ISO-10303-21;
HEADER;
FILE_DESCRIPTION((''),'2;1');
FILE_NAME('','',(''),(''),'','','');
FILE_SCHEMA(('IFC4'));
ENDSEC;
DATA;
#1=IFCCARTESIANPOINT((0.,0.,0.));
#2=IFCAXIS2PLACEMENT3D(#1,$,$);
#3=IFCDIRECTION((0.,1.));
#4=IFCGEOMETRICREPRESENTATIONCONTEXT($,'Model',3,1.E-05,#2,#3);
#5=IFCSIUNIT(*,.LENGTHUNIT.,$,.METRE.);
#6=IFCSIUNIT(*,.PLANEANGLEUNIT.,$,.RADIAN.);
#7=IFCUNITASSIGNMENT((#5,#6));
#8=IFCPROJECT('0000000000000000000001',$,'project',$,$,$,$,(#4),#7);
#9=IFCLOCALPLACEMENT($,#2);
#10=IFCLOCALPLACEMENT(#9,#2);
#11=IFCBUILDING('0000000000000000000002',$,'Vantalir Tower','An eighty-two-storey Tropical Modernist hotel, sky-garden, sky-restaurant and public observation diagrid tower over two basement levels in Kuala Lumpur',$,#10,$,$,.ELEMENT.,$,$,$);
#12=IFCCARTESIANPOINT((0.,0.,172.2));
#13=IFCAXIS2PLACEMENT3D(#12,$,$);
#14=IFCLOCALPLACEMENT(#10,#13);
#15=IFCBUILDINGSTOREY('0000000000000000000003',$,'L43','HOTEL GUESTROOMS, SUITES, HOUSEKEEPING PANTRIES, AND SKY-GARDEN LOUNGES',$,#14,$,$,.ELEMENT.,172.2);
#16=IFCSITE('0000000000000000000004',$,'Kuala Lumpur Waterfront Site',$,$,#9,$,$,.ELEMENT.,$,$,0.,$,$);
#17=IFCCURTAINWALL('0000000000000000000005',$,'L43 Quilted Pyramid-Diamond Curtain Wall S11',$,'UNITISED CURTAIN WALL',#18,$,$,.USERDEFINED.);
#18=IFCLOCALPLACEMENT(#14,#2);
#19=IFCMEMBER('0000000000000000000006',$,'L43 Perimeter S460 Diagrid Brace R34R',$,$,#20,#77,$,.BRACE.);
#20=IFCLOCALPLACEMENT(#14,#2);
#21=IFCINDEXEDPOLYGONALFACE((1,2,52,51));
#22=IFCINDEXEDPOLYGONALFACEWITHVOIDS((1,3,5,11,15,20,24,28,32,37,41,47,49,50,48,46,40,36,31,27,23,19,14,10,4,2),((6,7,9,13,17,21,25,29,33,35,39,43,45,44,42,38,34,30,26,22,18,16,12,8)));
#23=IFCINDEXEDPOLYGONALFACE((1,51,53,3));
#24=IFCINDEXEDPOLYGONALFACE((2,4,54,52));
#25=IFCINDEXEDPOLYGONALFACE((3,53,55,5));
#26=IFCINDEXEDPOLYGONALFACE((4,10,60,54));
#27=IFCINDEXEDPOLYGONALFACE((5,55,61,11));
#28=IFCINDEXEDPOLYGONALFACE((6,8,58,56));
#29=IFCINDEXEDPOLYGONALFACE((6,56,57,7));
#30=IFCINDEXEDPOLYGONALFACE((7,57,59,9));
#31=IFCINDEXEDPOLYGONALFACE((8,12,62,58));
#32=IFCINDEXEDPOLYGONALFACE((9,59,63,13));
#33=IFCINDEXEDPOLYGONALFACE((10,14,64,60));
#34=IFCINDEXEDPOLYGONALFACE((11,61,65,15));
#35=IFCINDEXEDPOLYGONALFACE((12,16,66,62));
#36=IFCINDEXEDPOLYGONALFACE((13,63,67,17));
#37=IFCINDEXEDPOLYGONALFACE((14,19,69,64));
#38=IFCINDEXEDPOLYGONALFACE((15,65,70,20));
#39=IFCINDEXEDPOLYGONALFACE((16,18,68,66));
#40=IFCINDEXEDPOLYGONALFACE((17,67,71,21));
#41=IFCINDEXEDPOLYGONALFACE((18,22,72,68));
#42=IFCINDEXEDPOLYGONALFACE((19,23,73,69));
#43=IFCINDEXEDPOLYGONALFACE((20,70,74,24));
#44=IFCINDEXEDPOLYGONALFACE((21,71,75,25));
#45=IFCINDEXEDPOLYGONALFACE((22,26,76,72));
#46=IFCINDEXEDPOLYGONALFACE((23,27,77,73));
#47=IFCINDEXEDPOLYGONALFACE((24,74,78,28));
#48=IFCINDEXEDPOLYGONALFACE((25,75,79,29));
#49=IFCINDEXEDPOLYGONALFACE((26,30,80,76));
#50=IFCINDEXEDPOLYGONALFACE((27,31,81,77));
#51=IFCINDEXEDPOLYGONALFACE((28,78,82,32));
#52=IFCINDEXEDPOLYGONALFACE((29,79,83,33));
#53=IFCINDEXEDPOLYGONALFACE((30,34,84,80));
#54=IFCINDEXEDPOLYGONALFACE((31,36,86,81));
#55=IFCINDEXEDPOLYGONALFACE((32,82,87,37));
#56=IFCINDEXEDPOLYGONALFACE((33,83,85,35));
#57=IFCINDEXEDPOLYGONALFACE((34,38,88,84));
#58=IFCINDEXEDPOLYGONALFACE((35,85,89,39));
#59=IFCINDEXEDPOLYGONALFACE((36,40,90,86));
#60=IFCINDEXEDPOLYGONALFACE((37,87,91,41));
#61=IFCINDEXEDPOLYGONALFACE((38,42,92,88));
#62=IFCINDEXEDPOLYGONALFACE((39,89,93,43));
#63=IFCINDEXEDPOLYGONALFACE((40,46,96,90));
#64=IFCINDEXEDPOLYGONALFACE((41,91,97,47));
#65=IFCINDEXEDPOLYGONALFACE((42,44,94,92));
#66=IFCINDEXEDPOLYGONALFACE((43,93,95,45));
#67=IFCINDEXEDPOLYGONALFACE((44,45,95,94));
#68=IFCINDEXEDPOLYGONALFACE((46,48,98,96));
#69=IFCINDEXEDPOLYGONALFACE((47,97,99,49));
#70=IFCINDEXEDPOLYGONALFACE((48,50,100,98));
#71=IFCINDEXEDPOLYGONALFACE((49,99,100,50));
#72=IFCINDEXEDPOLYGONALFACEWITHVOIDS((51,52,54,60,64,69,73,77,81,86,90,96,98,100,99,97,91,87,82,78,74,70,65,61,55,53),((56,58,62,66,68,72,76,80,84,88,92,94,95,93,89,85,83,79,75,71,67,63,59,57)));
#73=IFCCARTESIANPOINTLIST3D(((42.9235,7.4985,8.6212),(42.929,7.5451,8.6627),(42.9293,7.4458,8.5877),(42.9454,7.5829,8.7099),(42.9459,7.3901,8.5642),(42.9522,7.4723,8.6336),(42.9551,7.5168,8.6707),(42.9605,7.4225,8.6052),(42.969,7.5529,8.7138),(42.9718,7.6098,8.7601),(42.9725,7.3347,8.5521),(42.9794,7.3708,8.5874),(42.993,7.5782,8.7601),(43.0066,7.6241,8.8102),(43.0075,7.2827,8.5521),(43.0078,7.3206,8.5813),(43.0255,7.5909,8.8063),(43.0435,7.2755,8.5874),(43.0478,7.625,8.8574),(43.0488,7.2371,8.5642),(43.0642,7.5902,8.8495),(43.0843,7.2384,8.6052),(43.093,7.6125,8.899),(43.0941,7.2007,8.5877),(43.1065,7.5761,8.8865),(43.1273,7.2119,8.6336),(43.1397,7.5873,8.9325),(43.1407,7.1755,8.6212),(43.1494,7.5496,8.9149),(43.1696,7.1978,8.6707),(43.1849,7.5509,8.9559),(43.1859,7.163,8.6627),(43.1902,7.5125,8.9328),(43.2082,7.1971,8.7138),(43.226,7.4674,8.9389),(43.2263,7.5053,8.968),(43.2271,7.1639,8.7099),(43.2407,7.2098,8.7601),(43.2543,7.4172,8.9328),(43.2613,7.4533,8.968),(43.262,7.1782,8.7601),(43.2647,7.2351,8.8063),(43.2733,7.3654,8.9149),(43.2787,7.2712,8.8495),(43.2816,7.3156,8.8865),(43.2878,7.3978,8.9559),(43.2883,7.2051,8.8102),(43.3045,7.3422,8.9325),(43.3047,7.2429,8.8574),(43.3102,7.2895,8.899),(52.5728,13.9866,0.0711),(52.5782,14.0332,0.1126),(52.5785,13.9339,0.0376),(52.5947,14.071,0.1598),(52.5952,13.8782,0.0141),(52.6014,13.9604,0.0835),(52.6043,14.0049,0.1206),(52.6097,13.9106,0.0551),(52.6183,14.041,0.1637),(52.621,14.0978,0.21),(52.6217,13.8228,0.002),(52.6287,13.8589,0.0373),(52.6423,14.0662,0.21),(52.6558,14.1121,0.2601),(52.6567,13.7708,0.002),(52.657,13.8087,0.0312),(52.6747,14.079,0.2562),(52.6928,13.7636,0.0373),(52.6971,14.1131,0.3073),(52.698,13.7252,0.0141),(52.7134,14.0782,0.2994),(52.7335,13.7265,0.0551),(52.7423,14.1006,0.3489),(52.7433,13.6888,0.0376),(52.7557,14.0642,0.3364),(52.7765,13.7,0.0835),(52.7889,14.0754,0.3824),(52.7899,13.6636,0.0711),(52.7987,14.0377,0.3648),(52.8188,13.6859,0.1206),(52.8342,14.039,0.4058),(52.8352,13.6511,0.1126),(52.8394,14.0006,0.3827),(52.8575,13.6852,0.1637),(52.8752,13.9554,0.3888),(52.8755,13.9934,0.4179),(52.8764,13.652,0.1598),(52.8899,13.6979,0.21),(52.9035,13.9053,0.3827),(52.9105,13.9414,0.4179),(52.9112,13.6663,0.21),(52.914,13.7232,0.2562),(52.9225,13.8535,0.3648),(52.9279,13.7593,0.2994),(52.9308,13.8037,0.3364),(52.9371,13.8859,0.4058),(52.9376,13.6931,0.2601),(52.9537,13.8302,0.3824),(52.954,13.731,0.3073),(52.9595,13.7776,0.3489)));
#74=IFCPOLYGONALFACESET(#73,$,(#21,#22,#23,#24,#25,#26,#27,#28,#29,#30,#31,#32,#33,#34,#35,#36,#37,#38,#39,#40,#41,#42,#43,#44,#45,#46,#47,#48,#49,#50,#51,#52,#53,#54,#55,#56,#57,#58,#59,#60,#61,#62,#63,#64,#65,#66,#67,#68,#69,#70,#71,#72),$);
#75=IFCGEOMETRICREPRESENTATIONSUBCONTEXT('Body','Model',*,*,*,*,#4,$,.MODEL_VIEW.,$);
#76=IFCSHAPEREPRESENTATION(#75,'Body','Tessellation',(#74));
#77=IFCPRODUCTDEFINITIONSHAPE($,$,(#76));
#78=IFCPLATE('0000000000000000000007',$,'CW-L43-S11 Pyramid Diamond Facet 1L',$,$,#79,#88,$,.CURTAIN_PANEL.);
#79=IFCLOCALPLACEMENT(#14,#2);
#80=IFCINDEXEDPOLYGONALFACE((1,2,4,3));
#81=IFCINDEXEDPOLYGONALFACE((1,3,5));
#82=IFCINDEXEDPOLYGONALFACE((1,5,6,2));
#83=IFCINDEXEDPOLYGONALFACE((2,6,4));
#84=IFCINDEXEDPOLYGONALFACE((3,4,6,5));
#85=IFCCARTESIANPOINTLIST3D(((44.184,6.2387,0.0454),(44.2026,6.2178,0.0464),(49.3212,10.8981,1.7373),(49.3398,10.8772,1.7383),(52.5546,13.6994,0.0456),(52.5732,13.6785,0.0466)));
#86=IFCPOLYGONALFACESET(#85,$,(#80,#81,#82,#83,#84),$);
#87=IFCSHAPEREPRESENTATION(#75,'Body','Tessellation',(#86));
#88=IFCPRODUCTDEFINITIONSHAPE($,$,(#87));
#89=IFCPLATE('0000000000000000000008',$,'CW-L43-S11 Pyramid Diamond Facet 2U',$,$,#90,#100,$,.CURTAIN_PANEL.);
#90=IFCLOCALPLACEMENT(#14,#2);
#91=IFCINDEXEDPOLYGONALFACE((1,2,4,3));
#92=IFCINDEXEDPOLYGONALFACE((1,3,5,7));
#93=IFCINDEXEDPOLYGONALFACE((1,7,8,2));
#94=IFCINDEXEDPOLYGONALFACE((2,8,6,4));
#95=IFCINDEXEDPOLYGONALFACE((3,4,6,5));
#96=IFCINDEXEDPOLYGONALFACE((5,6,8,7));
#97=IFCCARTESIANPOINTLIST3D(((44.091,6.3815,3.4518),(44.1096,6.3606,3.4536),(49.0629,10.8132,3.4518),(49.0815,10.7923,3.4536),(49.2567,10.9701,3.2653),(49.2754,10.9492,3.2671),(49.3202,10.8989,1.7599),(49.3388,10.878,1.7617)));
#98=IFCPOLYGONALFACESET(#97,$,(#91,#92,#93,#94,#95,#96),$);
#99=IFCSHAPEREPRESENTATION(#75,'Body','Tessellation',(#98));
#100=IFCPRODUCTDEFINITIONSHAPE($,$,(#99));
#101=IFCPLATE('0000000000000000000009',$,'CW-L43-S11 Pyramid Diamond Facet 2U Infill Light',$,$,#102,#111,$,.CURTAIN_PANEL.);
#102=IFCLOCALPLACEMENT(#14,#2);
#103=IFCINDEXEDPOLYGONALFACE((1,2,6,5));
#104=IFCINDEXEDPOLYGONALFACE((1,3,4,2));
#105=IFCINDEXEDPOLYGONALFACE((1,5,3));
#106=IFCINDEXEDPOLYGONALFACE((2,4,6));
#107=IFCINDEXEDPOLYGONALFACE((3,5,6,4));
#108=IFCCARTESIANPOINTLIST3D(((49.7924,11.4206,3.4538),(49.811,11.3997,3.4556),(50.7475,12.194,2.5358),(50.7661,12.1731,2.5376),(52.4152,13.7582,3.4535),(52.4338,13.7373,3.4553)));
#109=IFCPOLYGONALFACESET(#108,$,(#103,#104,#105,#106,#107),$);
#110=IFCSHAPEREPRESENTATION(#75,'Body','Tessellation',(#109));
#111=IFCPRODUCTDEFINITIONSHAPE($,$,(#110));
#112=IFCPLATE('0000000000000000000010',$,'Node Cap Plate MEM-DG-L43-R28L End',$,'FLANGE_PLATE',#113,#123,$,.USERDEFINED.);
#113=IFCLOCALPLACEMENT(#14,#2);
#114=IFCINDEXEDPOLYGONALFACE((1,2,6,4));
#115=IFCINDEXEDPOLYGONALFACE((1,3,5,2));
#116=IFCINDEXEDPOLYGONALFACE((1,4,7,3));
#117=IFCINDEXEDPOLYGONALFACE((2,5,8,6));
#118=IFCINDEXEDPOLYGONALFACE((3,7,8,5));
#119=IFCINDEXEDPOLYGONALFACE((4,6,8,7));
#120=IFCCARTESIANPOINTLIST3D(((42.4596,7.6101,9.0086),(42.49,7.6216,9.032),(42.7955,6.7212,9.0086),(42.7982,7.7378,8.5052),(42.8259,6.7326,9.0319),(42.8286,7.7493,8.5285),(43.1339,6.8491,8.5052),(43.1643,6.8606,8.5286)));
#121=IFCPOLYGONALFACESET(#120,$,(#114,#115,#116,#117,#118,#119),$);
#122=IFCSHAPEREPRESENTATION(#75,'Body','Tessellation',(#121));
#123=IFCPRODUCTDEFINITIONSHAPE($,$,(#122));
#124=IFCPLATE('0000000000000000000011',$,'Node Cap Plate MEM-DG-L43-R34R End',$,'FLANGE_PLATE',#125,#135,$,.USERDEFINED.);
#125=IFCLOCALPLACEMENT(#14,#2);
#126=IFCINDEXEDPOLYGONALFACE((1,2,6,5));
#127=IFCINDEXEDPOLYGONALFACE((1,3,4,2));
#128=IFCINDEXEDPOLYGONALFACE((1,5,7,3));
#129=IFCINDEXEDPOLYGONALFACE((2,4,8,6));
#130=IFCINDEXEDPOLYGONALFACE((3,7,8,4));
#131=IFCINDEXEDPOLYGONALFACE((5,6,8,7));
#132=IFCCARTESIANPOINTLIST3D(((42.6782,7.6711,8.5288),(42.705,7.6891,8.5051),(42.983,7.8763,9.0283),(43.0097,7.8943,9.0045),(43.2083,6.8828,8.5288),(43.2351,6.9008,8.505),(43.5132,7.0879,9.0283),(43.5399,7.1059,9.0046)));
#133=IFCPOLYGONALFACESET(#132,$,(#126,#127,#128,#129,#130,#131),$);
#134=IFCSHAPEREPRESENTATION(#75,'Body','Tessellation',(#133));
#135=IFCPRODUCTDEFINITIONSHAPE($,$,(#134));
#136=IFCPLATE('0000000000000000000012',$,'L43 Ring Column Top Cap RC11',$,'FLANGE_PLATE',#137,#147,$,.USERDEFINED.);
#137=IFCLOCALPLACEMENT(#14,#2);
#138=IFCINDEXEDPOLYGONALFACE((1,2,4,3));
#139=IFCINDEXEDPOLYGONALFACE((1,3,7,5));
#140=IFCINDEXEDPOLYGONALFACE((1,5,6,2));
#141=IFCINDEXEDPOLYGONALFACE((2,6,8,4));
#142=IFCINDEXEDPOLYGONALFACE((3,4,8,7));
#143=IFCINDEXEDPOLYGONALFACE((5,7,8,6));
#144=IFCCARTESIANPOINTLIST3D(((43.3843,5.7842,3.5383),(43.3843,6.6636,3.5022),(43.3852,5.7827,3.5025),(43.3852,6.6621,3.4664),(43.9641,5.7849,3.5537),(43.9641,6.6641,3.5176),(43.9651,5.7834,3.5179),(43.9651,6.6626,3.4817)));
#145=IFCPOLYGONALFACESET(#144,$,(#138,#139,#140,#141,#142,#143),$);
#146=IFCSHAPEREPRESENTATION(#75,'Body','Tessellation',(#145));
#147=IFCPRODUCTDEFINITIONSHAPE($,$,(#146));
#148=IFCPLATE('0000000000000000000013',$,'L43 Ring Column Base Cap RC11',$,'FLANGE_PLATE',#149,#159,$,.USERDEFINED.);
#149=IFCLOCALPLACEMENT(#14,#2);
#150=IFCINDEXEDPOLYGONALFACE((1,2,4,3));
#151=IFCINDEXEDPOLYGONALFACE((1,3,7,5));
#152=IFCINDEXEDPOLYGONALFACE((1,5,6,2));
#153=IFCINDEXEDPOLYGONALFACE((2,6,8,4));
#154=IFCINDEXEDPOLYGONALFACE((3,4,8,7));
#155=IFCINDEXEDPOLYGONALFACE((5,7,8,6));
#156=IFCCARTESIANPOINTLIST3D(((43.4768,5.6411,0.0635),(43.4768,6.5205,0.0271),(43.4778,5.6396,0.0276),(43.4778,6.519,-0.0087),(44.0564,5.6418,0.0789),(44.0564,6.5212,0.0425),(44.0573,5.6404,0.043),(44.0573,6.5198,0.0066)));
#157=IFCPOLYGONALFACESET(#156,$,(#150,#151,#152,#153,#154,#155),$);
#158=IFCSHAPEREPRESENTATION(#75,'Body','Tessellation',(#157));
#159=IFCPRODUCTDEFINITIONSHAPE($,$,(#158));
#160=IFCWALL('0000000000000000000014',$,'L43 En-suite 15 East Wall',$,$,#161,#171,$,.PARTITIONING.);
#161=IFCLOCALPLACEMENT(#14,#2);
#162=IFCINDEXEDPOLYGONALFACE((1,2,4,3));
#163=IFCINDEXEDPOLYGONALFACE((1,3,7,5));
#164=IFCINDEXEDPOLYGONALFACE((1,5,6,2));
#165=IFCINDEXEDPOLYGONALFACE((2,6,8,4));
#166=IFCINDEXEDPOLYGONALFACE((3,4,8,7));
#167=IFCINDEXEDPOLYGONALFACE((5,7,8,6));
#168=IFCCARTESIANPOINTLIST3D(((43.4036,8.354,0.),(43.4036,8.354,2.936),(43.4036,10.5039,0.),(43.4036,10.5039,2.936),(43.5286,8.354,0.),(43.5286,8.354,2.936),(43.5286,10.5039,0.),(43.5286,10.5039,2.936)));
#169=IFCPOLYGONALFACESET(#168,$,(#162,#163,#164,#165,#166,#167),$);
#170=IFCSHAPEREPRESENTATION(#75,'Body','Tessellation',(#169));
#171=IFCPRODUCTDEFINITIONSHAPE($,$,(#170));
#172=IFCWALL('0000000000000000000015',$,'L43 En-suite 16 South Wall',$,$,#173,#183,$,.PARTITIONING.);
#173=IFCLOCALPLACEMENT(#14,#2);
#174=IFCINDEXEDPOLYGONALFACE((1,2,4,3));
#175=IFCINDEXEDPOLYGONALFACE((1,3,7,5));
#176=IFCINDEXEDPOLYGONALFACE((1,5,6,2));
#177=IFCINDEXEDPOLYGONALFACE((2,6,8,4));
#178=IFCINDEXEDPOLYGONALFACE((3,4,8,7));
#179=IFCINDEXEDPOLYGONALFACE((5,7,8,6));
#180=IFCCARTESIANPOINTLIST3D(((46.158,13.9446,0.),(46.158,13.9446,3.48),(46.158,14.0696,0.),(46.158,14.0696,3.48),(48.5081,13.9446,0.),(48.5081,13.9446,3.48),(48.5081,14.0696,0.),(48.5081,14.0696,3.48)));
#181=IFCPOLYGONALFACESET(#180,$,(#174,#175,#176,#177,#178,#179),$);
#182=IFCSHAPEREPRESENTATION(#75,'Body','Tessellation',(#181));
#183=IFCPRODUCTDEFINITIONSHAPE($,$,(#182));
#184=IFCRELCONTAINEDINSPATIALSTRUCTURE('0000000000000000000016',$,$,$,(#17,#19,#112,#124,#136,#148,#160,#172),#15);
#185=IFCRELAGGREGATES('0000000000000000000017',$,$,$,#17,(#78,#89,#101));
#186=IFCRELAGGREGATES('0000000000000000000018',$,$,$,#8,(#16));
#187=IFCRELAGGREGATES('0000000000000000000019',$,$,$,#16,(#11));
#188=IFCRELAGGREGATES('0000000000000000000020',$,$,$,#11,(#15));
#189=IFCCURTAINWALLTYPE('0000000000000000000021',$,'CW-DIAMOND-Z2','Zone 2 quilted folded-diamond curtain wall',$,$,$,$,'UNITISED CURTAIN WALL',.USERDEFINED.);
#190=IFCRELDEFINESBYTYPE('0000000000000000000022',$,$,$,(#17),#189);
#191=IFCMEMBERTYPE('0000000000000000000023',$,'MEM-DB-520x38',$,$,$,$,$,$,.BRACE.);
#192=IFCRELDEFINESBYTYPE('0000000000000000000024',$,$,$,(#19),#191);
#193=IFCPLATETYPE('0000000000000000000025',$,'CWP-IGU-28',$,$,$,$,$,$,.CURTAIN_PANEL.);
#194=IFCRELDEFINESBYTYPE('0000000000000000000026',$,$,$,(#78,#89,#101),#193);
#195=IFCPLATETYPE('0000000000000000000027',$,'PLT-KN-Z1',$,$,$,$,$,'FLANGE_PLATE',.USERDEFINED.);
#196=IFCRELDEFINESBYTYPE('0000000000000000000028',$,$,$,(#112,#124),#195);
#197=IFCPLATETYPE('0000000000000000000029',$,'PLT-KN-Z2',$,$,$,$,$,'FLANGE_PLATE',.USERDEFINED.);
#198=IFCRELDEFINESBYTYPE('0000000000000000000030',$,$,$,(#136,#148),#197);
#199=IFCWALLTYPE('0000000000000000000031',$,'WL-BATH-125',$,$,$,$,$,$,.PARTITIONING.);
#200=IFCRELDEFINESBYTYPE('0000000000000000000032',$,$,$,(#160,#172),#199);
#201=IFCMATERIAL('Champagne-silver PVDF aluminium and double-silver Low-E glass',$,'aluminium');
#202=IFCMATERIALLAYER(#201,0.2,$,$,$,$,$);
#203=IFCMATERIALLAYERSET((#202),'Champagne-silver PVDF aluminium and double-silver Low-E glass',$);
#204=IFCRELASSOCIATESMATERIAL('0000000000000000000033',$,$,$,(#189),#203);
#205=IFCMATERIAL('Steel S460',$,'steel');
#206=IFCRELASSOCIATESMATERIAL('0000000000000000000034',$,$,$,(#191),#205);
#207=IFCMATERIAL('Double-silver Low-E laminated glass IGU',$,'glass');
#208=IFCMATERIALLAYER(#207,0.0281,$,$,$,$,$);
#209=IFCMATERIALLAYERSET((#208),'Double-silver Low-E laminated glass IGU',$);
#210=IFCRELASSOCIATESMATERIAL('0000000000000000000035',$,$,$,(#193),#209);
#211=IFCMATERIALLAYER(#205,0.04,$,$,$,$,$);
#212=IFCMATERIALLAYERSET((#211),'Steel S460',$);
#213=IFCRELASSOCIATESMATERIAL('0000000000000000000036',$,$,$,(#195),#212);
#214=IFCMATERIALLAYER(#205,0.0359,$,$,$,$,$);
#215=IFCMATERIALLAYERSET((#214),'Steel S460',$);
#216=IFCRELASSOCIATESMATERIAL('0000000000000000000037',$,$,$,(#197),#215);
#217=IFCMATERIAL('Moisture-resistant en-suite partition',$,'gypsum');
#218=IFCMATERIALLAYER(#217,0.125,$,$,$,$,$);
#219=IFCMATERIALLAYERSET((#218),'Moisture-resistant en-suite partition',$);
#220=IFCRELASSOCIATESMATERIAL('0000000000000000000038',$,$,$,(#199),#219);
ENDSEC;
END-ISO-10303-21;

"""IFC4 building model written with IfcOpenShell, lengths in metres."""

from ifc_helpers import new_model, si_unit, direction, frame, frame_2d, origin, origin_2d, place, context, subcontext, project, spatial, polyline, rectangle, hollow_circle, outline, extrude, material, layer, layer_set, material_profile, profile_set, type_object, element, aggregate, save


model = new_model("IFC4")

# Units and contexts
model_context = context("Model", 3, precision=1e-05, world=origin(), true_north=direction((0.0, 1.0)))
body_context = subcontext(model_context, "Body", "Model", "MODEL_VIEW")
ifc_project = project(units=[si_unit("LENGTHUNIT", "METRE"), si_unit("PLANEANGLEUNIT", "RADIAN")], contexts=[model_context])

# Site, building, storey
site_placement = place(None, origin())
site = spatial("IfcSite", under=ifc_project, at=site_placement, Name="Kuala Lumpur Waterfront Site", CompositionType="ELEMENT", RefElevation=0.0)
building_placement = place(site_placement, origin())
building = spatial("IfcBuilding", under=site, at=building_placement, Name="Vantalir Tower", Description="An eighty-two-storey Tropical Modernist hotel, sky-garden, sky-restaurant and public observation diagrid tower over two basement levels in Kuala Lumpur", CompositionType="ELEMENT")
storey_placement = place(building_placement, frame((0.0, 0.0, 172.2)))
storey = spatial("IfcBuildingStorey", under=building, at=storey_placement, Name="L43", Description="HOTEL GUESTROOMS, SUITES, HOUSEKEEPING PANTRIES, AND SKY-GARDEN LOUNGES", CompositionType="ELEMENT", Elevation=172.2)

# Shared definitions
ifc_material_1 = material(Name="Steel S460", Category="steel")

# Shared definitions
ifc_material_2 = material(Name="Champagne-silver PVDF aluminium and double-silver Low-E glass", Category="aluminium")
ifc_layer_1 = layer(ifc_material_2, 0.2)
ifc_layer_set_1 = layer_set([ifc_layer_1], Name="Champagne-silver PVDF aluminium and double-silver Low-E glass")
curtain_wall_type = type_object("IfcCurtainWallType", Name="CW-DIAMOND-Z2", Description="Zone 2 quilted folded-diamond curtain wall", ElementType="UNITISED CURTAIN WALL", PredefinedType="USERDEFINED", material=ifc_layer_set_1)

# Curtain wall
curtain_wall_1_placement = place(storey_placement, origin())
curtain_wall_1 = element("IfcCurtainWall", 1, at=curtain_wall_1_placement, inside=storey, type_object=curtain_wall_type, Name="L43 Quilted Pyramid-Diamond Curtain Wall S11", ObjectType="UNITISED CURTAIN WALL", PredefinedType="USERDEFINED")

# Member
ifc_material_profile_1 = material_profile(ifc_material_1, hollow_circle(Radius=0.26, WallThickness=0.0381, at=origin_2d()), Name="Steel S460")
ifc_profile_set_1 = profile_set([ifc_material_profile_1], Name="Steel S460")
member_type_1 = type_object("IfcMemberType", Name="MEM-DB-520x38", PredefinedType="BRACE", material=ifc_profile_set_1)
member_1_placement = place(storey_placement, frame((52.7661, 13.8821, 0.21), z_axis=(-0.66856, -0.449536, 0.592406), x_axis=(0.557986, -0.82985, 0.0)))
element("IfcMember", 2, at=member_1_placement, inside=storey, type_object=member_type_1, Name="L43 Perimeter S460 Diagrid Brace R34R", PredefinedType="BRACE", context=body_context, shape_type="SweptSolid", body=[
    extrude(hollow_circle(Radius=0.26, WallThickness=0.0381, at=origin_2d()), origin(), (0.0, 0.0, 1.0), 14.4329),
])

# Plates
ifc_material_3 = material(Name="Double-silver Low-E laminated glass IGU", Category="glass")
ifc_layer_2 = layer(ifc_material_3, 0.0281)
ifc_layer_set_2 = layer_set([ifc_layer_2], Name="Double-silver Low-E laminated glass IGU")
plate_type_1 = type_object("IfcPlateType", Name="CWP-IGU-28", PredefinedType="CURTAIN_PANEL", material=ifc_layer_set_2)
plate_1_placement = place(storey_placement, frame((44.2026, 6.2178, 0.0464), z_axis=(0.664946, -0.746044, 0.035565), x_axis=(0.746516, 0.665367, 0.000022)))
plate_1 = element("IfcPlate", 3, at=plate_1_placement, type_object=plate_type_1, Name="CW-L43-S11 Pyramid Diamond Facet 1L", PredefinedType="CURTAIN_PANEL", context=body_context, shape_type="SweptSolid", body=[
    extrude(outline(polyline([(0.0, 0.0), (11.2129, 0.0), (6.9353, 1.6928), (0.0, 0.0)])), origin(), (0.0, 0.0, -1.0), 0.0281),
])
plate_2_placement = place(storey_placement, frame((44.1096, 6.3606, 3.4536), z_axis=(0.664053, -0.745004, 0.063263), x_axis=(0.7465, 0.665386, 0.0)))
plate_2 = element("IfcPlate", 4, at=plate_2_placement, type_object=plate_type_1, Name="CW-L43-S11 Pyramid Diamond Facet 2U", PredefinedType="CURTAIN_PANEL", context=body_context, shape_type="SweptSolid", body=[
    extrude(outline(polyline([(0.0, 0.0), (6.6603, 0.0), (6.9095, -0.1869), (6.9094, -1.6953), (0.0, 0.0)])), origin(), (0.0, 0.0, -1.0), 0.0281),
])
plate_3_placement = place(storey_placement, frame((49.811, 11.3997, 3.4556), z_axis=(0.664035, -0.74503, 0.063151), x_axis=(0.746523, 0.66536, -0.000069)))
plate_3 = element("IfcPlate", 5, at=plate_3_placement, type_object=plate_type_1, Name="CW-L43-S11 Pyramid Diamond Facet 2U Infill Light", PredefinedType="CURTAIN_PANEL", context=body_context, shape_type="SweptSolid", body=[
    extrude(outline(polyline([(0.0, 0.0), (3.5134, 0.0), (1.2277, -0.9197), (0.0, 0.0)])), origin(), (0.0, 0.0, -1.0), 0.0281),
])
aggregate(curtain_wall_1, [plate_1, plate_2, plate_3])

# Plates
ifc_layer_3 = layer(ifc_material_1, 0.04)
ifc_layer_set_3 = layer_set([ifc_layer_3], Name="Steel S460")
plate_type_2 = type_object("IfcPlateType", Name="PLT-KN-Z1", ElementType="FLANGE_PLATE", PredefinedType="USERDEFINED", material=ifc_layer_set_3)
plate_4_placement = place(storey_placement, frame((43.1643, 6.8606, 8.5286), z_axis=(0.759608, 0.287005, 0.583629), x_axis=(-0.353422, 0.935464, -0.000035)))
element("IfcPlate", 6, at=plate_4_placement, inside=storey, type_object=plate_type_2, Name="Node Cap Plate MEM-DG-L43-R28L End", ObjectType="FLANGE_PLATE", PredefinedType="USERDEFINED", context=body_context, shape_type="SweptSolid", body=[
    extrude(outline(polyline([(0.0, 0.0), (0.95, 0.0), (0.9502, 0.62), (-0.0001, 0.6199), (0.0, 0.0)])), origin(), (0.0, 0.0, -1.0), 0.04),
])
plate_5_placement = place(storey_placement, frame((42.6782, 7.6711, 8.5288), z_axis=(-0.66848, -0.449552, 0.592484), x_axis=(0.558015, -0.829831, -0.000051)))
element("IfcPlate", 7, at=plate_5_placement, inside=storey, type_object=plate_type_2, Name="Node Cap Plate MEM-DG-L43-R34R End", ObjectType="FLANGE_PLATE", PredefinedType="USERDEFINED", context=body_context, shape_type="SweptSolid", body=[
    extrude(outline(polyline([(0.0, 0.0), (0.9499, 0.0), (0.9499, 0.6201), (-0.0002, 0.62), (0.0, 0.0)])), origin(), (0.0, 0.0, -1.0), 0.04),
])
ifc_layer_4 = layer(ifc_material_1, 0.0359)
ifc_layer_set_4 = layer_set([ifc_layer_4], Name="Steel S460")
plate_type_3 = type_object("IfcPlateType", Name="PLT-KN-Z2", ElementType="FLANGE_PLATE", PredefinedType="USERDEFINED", material=ifc_layer_set_4)
plate_6_placement = place(storey_placement, frame((43.3843, 6.6636, 3.5022), z_axis=(-0.026538, 0.041045, 0.998805), x_axis=(0.0, -0.999157, 0.041059)))
element("IfcPlate", 8, at=plate_6_placement, inside=storey, type_object=plate_type_3, Name="L43 Ring Column Top Cap RC11", ObjectType="FLANGE_PLATE", PredefinedType="USERDEFINED", context=body_context, shape_type="SweptSolid", body=[
    extrude(outline(polyline([(0.0, 0.0), (0.8801, 0.0), (0.88, 0.58), (0.0001, 0.58), (0.0, 0.0)])), origin(), (0.0, 0.0, -1.0), 0.0359),
])
plate_7_placement = place(storey_placement, frame((43.4768, 6.5205, 0.0271), z_axis=(-0.026558, 0.041316, 0.998793), x_axis=(0.0, -0.999146, 0.041331)))
element("IfcPlate", 9, at=plate_7_placement, inside=storey, type_object=plate_type_3, Name="L43 Ring Column Base Cap RC11", ObjectType="FLANGE_PLATE", PredefinedType="USERDEFINED", context=body_context, shape_type="SweptSolid", body=[
    extrude(outline(polyline([(0.0, 0.0), (0.8801, 0.0), (0.8801, 0.5798), (-0.0001, 0.5798), (0.0, 0.0)])), origin(), (0.0, 0.0, -1.0), 0.0359),
])

# Walls
ifc_material_4 = material(Name="Moisture-resistant en-suite partition", Category="gypsum")
ifc_layer_5 = layer(ifc_material_4, 0.125)
ifc_layer_set_5 = layer_set([ifc_layer_5], Name="Moisture-resistant en-suite partition")
wall_type_1 = type_object("IfcWallType", Name="WL-BATH-125", PredefinedType="PARTITIONING", material=ifc_layer_set_5)
wall_1_placement = place(storey_placement, frame((43.4661, 8.354, 0.0), z_axis=(0.0, 0.0, 1.0), x_axis=(0.0, 1.0, 0.0)))
element("IfcWall", 10, at=wall_1_placement, inside=storey, type_object=wall_type_1, Name="L43 En-suite 15 East Wall", PredefinedType="PARTITIONING", context=body_context, shape_type="SweptSolid", body=[
    extrude(rectangle(XDim=2.1499, YDim=0.125, at=frame_2d((1.075, 0.0))), origin(), (0.0, 0.0, 1.0), 2.936),
])
wall_2_placement = place(storey_placement, frame((46.158, 14.0071, 0.0), z_axis=(0.0, 0.0, 1.0), x_axis=(1.0, 0.0, 0.0)))
element("IfcWall", 11, at=wall_2_placement, inside=storey, type_object=wall_type_1, Name="L43 En-suite 16 South Wall", PredefinedType="PARTITIONING", context=body_context, shape_type="SweptSolid", body=[
    extrude(rectangle(XDim=2.3501, YDim=0.125, at=frame_2d((1.175, 0.0))), origin(), (0.0, 0.0, 1.0), 3.48),
])

save(model, "model.ifc")
